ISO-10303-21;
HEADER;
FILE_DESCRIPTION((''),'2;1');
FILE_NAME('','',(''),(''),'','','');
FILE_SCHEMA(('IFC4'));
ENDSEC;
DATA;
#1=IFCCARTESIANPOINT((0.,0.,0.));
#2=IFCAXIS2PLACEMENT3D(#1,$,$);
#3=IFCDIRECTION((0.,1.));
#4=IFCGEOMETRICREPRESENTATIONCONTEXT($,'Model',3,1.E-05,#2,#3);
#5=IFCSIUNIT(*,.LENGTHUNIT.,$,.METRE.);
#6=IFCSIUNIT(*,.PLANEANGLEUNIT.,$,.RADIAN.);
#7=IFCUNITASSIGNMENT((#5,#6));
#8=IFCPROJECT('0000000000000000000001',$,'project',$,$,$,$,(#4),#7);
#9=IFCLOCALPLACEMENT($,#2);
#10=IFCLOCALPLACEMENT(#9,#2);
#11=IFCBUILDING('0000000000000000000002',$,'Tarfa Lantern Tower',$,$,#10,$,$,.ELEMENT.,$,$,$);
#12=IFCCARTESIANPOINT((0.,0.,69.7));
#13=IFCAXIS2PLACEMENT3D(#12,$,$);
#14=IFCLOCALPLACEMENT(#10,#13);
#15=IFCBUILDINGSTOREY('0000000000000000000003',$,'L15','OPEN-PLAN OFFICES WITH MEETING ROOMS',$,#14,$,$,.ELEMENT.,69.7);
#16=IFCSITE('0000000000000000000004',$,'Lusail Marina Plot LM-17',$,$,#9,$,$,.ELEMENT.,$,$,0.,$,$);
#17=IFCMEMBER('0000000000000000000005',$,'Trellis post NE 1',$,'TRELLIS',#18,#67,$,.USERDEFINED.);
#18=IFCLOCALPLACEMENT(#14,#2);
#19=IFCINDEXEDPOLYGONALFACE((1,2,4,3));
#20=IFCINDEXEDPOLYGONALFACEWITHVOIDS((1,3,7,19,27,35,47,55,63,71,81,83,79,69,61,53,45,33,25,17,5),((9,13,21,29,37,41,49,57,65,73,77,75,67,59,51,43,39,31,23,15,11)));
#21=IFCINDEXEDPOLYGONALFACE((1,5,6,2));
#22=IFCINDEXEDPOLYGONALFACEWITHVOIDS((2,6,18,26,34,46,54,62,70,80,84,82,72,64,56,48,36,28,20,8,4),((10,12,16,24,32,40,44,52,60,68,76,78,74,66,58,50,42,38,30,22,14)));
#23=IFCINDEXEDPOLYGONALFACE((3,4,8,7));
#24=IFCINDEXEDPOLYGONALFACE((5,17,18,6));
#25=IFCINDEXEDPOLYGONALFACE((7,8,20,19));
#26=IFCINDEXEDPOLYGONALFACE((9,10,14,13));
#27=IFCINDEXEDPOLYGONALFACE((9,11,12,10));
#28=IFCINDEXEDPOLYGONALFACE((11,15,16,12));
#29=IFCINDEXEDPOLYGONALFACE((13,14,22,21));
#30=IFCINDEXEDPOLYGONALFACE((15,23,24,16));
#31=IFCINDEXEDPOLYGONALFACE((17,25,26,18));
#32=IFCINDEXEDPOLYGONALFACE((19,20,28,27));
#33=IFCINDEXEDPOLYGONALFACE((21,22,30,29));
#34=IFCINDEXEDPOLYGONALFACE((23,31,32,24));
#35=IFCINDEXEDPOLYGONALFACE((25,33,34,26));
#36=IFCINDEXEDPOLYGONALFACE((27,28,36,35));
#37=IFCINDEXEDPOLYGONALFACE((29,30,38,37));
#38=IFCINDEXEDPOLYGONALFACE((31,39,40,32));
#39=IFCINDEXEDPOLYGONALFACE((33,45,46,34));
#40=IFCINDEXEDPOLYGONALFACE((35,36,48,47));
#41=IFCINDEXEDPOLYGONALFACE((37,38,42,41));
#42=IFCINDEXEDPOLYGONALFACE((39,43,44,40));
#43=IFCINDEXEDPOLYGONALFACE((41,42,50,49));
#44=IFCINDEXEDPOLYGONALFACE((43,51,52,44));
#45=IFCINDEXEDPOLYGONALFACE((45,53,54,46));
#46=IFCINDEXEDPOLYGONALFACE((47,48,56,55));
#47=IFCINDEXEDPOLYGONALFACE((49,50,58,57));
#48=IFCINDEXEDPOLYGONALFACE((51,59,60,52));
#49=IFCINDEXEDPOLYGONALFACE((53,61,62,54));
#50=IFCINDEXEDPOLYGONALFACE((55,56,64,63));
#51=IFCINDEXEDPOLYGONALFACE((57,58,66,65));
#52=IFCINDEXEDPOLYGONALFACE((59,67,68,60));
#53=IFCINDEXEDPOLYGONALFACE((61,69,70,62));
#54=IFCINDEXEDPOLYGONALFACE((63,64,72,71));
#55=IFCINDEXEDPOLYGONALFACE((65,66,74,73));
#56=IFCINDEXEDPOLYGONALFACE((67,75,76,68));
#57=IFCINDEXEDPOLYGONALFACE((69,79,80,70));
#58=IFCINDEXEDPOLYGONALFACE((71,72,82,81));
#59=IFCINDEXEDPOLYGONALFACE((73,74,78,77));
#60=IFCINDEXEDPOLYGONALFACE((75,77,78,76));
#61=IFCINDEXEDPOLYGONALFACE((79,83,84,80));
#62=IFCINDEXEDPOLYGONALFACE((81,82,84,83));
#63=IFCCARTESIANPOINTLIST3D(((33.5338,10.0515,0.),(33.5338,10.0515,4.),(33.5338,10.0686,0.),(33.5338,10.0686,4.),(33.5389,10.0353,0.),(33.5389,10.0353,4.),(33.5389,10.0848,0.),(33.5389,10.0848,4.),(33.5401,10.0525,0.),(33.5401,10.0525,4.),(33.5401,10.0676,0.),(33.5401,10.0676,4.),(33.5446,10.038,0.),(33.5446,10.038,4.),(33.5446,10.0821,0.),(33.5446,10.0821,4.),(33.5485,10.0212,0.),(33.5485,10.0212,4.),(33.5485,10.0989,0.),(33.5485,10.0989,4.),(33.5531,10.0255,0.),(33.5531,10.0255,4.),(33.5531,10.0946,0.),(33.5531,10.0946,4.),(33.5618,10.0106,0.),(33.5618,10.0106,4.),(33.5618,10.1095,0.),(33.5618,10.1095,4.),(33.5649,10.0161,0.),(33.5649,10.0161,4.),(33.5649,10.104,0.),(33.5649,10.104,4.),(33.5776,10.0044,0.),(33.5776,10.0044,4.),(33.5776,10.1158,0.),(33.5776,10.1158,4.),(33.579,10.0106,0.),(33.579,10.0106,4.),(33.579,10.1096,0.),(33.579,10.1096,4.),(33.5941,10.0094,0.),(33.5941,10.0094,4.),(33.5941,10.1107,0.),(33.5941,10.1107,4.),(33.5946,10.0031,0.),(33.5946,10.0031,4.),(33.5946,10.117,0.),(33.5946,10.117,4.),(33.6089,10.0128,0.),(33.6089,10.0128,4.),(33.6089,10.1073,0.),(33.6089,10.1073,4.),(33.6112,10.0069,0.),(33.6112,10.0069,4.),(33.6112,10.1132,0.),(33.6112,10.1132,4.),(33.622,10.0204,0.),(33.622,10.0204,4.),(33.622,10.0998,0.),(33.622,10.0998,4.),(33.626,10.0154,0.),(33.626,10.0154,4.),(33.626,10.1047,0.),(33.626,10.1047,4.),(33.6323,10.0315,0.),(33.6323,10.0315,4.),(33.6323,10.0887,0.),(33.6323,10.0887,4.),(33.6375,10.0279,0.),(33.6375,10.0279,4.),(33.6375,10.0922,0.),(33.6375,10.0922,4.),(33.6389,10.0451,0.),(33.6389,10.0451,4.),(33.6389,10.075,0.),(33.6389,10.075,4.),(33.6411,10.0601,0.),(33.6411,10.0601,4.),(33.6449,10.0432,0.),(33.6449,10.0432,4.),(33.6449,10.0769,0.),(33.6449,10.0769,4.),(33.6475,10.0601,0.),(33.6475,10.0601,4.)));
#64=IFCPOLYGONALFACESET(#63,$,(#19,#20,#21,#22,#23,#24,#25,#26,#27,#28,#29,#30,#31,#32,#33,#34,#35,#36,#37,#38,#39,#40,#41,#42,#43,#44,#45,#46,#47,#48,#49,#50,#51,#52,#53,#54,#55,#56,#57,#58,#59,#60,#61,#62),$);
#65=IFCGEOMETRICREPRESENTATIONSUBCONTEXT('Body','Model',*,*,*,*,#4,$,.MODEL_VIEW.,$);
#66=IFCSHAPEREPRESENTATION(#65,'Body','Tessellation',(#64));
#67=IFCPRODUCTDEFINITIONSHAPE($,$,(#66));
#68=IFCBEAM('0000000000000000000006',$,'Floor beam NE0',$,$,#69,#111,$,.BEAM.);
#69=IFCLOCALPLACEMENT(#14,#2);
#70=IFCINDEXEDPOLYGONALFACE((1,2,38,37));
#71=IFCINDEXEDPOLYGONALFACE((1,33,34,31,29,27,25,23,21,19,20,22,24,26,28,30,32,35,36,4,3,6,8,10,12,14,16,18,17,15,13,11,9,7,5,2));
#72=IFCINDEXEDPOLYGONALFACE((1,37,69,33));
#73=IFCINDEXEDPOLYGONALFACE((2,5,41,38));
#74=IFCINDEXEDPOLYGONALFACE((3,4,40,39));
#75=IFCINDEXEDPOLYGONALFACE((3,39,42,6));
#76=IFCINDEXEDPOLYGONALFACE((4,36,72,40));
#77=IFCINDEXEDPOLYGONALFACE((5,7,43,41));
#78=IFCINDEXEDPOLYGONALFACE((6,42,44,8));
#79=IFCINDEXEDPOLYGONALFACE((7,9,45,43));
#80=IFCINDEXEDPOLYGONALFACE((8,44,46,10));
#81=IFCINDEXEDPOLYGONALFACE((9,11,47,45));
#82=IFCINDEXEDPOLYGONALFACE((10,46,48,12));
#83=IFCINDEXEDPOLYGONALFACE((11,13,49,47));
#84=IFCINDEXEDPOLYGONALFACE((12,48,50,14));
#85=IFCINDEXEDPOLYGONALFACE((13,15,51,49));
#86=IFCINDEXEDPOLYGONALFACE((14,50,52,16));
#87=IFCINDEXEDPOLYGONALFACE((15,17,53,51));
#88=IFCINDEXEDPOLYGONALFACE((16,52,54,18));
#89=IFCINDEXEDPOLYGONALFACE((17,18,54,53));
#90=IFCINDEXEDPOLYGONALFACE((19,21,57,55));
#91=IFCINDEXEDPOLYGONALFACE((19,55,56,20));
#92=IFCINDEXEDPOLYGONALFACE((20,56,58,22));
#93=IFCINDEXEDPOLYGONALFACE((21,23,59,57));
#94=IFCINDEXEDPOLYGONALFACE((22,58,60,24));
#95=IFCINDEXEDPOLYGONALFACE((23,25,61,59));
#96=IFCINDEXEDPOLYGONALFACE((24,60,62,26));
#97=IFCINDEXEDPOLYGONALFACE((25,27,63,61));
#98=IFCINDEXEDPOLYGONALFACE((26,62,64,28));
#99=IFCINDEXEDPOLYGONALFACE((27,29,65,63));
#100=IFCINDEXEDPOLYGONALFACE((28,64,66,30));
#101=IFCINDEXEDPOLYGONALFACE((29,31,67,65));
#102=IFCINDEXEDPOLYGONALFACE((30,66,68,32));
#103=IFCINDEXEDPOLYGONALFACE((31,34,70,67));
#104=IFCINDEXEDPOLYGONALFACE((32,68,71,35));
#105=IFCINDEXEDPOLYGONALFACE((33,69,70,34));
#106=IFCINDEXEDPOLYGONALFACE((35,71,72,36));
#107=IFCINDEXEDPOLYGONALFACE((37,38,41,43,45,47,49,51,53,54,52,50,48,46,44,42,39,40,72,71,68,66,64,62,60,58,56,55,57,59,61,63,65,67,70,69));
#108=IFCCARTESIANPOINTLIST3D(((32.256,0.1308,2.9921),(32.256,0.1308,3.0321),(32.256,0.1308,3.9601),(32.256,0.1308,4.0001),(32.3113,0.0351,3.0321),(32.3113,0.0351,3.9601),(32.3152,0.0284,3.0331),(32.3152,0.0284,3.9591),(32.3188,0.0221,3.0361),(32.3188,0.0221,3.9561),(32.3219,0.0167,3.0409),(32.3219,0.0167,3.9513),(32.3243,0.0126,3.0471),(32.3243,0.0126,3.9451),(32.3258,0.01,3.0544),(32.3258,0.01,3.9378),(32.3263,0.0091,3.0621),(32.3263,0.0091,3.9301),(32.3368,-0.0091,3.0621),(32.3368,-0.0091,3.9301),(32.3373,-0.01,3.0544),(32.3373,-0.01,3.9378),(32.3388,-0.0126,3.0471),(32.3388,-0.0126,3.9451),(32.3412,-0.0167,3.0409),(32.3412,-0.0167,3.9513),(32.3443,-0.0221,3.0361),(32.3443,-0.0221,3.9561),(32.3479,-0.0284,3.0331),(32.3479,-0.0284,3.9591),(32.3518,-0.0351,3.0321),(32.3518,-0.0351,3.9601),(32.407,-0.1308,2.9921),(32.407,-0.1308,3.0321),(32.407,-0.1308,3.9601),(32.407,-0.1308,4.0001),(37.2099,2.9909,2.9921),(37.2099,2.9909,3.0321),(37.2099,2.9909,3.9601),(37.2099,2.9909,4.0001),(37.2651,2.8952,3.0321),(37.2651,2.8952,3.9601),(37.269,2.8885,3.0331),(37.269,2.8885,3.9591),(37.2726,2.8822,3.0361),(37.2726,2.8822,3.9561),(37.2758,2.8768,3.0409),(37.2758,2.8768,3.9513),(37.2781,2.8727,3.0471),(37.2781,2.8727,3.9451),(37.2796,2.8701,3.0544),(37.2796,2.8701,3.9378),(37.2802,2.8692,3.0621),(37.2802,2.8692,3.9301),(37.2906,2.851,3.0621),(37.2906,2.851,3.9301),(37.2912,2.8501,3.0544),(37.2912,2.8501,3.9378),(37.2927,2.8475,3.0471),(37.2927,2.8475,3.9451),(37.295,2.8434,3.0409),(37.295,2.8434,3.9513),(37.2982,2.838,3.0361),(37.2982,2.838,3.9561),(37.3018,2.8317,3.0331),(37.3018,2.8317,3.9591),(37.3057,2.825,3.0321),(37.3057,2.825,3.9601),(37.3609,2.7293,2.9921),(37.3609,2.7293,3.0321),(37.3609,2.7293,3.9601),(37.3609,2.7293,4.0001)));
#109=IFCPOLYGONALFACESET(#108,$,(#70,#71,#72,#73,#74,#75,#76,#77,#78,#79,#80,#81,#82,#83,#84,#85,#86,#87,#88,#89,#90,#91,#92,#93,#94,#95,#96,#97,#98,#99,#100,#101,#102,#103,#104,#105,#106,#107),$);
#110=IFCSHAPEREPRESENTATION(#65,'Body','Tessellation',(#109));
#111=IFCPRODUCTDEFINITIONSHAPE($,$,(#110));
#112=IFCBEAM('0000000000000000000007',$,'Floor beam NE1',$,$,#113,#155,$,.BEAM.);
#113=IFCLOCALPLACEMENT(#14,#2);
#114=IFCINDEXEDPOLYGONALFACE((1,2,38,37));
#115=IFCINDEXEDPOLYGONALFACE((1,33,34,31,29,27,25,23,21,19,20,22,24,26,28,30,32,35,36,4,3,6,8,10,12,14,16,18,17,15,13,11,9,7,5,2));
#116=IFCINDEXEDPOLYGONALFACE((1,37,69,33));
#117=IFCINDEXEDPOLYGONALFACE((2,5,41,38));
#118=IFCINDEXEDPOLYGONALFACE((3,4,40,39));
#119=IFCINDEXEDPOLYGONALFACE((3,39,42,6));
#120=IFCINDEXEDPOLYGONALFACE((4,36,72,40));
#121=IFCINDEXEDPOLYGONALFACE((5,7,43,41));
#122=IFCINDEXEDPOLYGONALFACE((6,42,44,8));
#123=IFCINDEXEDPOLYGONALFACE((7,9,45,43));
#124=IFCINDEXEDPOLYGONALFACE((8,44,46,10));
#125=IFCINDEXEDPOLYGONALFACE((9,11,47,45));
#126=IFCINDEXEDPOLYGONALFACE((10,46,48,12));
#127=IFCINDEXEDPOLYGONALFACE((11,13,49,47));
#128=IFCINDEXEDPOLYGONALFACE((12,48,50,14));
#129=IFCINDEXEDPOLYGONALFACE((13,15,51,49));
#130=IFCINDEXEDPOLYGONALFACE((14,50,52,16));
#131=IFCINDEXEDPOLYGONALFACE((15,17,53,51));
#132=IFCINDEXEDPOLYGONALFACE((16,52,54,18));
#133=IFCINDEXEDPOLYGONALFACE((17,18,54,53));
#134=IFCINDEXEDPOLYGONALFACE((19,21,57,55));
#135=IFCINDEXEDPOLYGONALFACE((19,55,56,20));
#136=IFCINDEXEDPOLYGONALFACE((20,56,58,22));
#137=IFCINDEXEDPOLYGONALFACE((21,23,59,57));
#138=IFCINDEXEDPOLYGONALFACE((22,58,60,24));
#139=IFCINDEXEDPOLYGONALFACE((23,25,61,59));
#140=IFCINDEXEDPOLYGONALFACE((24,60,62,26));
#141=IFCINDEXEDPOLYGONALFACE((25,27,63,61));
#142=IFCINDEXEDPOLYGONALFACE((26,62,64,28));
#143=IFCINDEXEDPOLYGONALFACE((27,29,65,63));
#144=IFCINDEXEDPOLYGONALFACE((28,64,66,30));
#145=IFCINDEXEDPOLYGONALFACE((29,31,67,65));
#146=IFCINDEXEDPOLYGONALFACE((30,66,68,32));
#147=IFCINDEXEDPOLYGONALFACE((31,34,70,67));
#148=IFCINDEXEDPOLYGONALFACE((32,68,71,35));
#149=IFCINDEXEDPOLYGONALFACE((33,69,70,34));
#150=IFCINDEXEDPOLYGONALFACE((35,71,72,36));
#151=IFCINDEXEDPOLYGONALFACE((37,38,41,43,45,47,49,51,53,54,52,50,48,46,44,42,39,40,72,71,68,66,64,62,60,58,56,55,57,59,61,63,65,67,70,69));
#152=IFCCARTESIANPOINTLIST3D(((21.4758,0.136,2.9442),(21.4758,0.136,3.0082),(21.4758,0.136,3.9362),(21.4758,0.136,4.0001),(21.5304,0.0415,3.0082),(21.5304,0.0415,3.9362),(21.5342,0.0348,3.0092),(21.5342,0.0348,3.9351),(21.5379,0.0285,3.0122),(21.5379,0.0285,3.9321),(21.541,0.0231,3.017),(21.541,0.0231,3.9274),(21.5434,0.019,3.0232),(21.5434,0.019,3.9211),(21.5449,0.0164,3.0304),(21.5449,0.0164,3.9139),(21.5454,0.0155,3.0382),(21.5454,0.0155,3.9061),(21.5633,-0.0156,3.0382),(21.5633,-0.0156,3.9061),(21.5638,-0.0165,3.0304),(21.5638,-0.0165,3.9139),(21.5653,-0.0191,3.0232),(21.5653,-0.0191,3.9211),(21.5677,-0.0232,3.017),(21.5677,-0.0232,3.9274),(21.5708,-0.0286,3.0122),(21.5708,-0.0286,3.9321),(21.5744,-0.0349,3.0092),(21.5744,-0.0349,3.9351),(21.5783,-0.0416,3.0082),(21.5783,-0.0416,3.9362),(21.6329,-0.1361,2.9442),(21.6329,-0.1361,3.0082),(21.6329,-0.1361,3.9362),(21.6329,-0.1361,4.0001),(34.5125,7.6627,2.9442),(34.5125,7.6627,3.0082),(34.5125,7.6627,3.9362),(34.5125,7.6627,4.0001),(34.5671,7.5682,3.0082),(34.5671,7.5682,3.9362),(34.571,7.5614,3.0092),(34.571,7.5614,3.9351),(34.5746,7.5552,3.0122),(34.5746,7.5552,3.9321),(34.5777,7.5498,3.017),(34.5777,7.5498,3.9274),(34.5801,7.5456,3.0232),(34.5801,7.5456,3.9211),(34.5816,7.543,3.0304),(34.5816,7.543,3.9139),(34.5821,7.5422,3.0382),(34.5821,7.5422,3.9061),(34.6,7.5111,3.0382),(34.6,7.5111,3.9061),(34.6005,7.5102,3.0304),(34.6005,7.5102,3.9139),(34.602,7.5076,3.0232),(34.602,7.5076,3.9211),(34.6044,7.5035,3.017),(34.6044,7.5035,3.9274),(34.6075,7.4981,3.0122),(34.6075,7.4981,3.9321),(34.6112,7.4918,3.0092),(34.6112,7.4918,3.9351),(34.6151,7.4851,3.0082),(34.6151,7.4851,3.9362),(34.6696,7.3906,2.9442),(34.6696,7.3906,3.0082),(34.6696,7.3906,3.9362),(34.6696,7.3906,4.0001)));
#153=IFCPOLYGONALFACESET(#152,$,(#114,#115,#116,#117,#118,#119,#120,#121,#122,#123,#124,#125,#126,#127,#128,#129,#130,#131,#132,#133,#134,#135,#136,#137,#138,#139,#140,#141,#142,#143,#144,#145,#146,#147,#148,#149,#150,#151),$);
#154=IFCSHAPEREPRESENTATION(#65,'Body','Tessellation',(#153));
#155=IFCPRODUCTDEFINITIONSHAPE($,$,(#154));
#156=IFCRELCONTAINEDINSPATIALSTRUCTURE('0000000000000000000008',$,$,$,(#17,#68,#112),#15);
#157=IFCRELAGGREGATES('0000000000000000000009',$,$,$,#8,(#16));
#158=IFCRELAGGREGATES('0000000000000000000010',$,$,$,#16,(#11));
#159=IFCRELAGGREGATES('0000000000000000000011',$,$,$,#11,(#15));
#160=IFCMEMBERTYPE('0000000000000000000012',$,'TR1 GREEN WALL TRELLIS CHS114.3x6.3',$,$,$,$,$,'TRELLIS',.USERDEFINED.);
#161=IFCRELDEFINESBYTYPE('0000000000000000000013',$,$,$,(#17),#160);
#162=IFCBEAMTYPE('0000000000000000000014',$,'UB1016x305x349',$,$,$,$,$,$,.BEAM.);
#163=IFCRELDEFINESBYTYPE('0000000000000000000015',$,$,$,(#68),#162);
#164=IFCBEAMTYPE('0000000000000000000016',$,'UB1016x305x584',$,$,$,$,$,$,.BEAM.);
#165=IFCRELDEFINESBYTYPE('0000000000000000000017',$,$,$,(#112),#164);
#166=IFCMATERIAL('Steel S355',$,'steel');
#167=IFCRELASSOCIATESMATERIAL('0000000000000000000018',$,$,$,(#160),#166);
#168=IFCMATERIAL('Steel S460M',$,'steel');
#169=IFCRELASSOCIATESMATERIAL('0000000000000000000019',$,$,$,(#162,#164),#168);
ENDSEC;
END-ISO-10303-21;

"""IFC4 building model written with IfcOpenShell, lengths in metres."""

from ifc_helpers import new_model, si_unit, direction, frame, origin, origin_2d, place, context, subcontext, project, spatial, hollow_circle, i_section, extrude, material, material_profile, profile_set, type_object, element, save


model = new_model("IFC4")

# Units and contexts
model_context = context("Model", 3, precision=1e-05, world=origin(), true_north=direction((0.0, 1.0)))
body_context = subcontext(model_context, "Body", "Model", "MODEL_VIEW")
ifc_project = project(units=[si_unit("LENGTHUNIT", "METRE"), si_unit("PLANEANGLEUNIT", "RADIAN")], contexts=[model_context])

# Site, building, storey
site_placement = place(None, origin())
site = spatial("IfcSite", under=ifc_project, at=site_placement, Name="Lusail Marina Plot LM-17", CompositionType="ELEMENT", RefElevation=0.0)
building_placement = place(site_placement, origin())
building = spatial("IfcBuilding", under=site, at=building_placement, Name="Tarfa Lantern Tower", CompositionType="ELEMENT")
storey_placement = place(building_placement, frame((0.0, 0.0, 69.7)))
storey = spatial("IfcBuildingStorey", under=building, at=storey_placement, Name="L15", Description="OPEN-PLAN OFFICES WITH MEETING ROOMS", CompositionType="ELEMENT", Elevation=69.7)

# Member
ifc_material_1 = material(Name="Steel S355", Category="steel")
ifc_material_profile_1 = material_profile(ifc_material_1, hollow_circle(Radius=0.0571, WallThickness=0.0063, at=origin_2d()), Name="CHS114.3x6.3")
ifc_profile_set_1 = profile_set([ifc_material_profile_1], Name="Steel S355")
member_type_1 = type_object("IfcMemberType", Name="TR1 GREEN WALL TRELLIS CHS114.3x6.3", ElementType="TRELLIS", PredefinedType="USERDEFINED", material=ifc_profile_set_1)
member_1_placement = place(storey_placement, frame((33.5903, 10.0601, 0.0), z_axis=(0.0, 0.0, 1.0), x_axis=(1.0, 0.0, 0.0)))
element("IfcMember", 1, at=member_1_placement, inside=storey, type_object=member_type_1, Name="Trellis post NE 1", ObjectType="TRELLIS", PredefinedType="USERDEFINED", context=body_context, shape_type="SweptSolid", body=[
    extrude(hollow_circle(Radius=0.0571, WallThickness=0.0063, at=origin_2d()), origin(), (0.0, 0.0, 1.0), 4.0),
])

# Beams
ifc_material_2 = material(Name="Steel S460M", Category="steel")
ifc_material_profile_2 = material_profile(ifc_material_2, i_section(OverallWidth=0.302, OverallDepth=1.0081, WebThickness=0.021, FlangeThickness=0.04, FilletRadius=0.03, at=origin_2d()), Name="UB1016x305x349")
ifc_profile_set_2 = profile_set([ifc_material_profile_2], Name="Steel S460M")
beam_type_1 = type_object("IfcBeamType", Name="UB1016x305x349", PredefinedType="BEAM", material=ifc_profile_set_2)
beam_1_placement = place(storey_placement, frame((37.2854, 2.8601, 3.4961), z_axis=(-0.866026, -0.5, 0.0), x_axis=(0.5, -0.866026, 0.0)))
element("IfcBeam", 2, at=beam_1_placement, inside=storey, type_object=beam_type_1, Name="Floor beam NE0", PredefinedType="BEAM", context=body_context, shape_type="SweptSolid", body=[
    extrude(i_section(OverallWidth=0.302, OverallDepth=1.0081, WebThickness=0.021, FlangeThickness=0.04, FilletRadius=0.03, at=origin_2d()), origin(), (0.0, 0.0, 1.0), 5.7202),
])
ifc_material_profile_3 = material_profile(ifc_material_2, i_section(OverallWidth=0.3142, OverallDepth=1.0559, WebThickness=0.0359, FlangeThickness=0.064, FilletRadius=0.03, at=origin_2d()), Name="UB1016x305x584")
ifc_profile_set_3 = profile_set([ifc_material_profile_3], Name="Steel S460M")
beam_type_2 = type_object("IfcBeamType", Name="UB1016x305x584", PredefinedType="BEAM", material=ifc_profile_set_3)
beam_2_placement = place(storey_placement, frame((34.5911, 7.5266, 3.4722), z_axis=(-0.866028, -0.499996, 0.0), x_axis=(0.499996, -0.866028, 0.0)))
element("IfcBeam", 3, at=beam_2_placement, inside=storey, type_object=beam_type_2, Name="Floor beam NE1", PredefinedType="BEAM", context=body_context, shape_type="SweptSolid", body=[
    extrude(i_section(OverallWidth=0.3142, OverallDepth=1.0559, WebThickness=0.0359, FlangeThickness=0.064, FilletRadius=0.03, at=origin_2d()), origin(), (0.0, 0.0, 1.0), 15.0535),
])

save(model, "model.ifc")
